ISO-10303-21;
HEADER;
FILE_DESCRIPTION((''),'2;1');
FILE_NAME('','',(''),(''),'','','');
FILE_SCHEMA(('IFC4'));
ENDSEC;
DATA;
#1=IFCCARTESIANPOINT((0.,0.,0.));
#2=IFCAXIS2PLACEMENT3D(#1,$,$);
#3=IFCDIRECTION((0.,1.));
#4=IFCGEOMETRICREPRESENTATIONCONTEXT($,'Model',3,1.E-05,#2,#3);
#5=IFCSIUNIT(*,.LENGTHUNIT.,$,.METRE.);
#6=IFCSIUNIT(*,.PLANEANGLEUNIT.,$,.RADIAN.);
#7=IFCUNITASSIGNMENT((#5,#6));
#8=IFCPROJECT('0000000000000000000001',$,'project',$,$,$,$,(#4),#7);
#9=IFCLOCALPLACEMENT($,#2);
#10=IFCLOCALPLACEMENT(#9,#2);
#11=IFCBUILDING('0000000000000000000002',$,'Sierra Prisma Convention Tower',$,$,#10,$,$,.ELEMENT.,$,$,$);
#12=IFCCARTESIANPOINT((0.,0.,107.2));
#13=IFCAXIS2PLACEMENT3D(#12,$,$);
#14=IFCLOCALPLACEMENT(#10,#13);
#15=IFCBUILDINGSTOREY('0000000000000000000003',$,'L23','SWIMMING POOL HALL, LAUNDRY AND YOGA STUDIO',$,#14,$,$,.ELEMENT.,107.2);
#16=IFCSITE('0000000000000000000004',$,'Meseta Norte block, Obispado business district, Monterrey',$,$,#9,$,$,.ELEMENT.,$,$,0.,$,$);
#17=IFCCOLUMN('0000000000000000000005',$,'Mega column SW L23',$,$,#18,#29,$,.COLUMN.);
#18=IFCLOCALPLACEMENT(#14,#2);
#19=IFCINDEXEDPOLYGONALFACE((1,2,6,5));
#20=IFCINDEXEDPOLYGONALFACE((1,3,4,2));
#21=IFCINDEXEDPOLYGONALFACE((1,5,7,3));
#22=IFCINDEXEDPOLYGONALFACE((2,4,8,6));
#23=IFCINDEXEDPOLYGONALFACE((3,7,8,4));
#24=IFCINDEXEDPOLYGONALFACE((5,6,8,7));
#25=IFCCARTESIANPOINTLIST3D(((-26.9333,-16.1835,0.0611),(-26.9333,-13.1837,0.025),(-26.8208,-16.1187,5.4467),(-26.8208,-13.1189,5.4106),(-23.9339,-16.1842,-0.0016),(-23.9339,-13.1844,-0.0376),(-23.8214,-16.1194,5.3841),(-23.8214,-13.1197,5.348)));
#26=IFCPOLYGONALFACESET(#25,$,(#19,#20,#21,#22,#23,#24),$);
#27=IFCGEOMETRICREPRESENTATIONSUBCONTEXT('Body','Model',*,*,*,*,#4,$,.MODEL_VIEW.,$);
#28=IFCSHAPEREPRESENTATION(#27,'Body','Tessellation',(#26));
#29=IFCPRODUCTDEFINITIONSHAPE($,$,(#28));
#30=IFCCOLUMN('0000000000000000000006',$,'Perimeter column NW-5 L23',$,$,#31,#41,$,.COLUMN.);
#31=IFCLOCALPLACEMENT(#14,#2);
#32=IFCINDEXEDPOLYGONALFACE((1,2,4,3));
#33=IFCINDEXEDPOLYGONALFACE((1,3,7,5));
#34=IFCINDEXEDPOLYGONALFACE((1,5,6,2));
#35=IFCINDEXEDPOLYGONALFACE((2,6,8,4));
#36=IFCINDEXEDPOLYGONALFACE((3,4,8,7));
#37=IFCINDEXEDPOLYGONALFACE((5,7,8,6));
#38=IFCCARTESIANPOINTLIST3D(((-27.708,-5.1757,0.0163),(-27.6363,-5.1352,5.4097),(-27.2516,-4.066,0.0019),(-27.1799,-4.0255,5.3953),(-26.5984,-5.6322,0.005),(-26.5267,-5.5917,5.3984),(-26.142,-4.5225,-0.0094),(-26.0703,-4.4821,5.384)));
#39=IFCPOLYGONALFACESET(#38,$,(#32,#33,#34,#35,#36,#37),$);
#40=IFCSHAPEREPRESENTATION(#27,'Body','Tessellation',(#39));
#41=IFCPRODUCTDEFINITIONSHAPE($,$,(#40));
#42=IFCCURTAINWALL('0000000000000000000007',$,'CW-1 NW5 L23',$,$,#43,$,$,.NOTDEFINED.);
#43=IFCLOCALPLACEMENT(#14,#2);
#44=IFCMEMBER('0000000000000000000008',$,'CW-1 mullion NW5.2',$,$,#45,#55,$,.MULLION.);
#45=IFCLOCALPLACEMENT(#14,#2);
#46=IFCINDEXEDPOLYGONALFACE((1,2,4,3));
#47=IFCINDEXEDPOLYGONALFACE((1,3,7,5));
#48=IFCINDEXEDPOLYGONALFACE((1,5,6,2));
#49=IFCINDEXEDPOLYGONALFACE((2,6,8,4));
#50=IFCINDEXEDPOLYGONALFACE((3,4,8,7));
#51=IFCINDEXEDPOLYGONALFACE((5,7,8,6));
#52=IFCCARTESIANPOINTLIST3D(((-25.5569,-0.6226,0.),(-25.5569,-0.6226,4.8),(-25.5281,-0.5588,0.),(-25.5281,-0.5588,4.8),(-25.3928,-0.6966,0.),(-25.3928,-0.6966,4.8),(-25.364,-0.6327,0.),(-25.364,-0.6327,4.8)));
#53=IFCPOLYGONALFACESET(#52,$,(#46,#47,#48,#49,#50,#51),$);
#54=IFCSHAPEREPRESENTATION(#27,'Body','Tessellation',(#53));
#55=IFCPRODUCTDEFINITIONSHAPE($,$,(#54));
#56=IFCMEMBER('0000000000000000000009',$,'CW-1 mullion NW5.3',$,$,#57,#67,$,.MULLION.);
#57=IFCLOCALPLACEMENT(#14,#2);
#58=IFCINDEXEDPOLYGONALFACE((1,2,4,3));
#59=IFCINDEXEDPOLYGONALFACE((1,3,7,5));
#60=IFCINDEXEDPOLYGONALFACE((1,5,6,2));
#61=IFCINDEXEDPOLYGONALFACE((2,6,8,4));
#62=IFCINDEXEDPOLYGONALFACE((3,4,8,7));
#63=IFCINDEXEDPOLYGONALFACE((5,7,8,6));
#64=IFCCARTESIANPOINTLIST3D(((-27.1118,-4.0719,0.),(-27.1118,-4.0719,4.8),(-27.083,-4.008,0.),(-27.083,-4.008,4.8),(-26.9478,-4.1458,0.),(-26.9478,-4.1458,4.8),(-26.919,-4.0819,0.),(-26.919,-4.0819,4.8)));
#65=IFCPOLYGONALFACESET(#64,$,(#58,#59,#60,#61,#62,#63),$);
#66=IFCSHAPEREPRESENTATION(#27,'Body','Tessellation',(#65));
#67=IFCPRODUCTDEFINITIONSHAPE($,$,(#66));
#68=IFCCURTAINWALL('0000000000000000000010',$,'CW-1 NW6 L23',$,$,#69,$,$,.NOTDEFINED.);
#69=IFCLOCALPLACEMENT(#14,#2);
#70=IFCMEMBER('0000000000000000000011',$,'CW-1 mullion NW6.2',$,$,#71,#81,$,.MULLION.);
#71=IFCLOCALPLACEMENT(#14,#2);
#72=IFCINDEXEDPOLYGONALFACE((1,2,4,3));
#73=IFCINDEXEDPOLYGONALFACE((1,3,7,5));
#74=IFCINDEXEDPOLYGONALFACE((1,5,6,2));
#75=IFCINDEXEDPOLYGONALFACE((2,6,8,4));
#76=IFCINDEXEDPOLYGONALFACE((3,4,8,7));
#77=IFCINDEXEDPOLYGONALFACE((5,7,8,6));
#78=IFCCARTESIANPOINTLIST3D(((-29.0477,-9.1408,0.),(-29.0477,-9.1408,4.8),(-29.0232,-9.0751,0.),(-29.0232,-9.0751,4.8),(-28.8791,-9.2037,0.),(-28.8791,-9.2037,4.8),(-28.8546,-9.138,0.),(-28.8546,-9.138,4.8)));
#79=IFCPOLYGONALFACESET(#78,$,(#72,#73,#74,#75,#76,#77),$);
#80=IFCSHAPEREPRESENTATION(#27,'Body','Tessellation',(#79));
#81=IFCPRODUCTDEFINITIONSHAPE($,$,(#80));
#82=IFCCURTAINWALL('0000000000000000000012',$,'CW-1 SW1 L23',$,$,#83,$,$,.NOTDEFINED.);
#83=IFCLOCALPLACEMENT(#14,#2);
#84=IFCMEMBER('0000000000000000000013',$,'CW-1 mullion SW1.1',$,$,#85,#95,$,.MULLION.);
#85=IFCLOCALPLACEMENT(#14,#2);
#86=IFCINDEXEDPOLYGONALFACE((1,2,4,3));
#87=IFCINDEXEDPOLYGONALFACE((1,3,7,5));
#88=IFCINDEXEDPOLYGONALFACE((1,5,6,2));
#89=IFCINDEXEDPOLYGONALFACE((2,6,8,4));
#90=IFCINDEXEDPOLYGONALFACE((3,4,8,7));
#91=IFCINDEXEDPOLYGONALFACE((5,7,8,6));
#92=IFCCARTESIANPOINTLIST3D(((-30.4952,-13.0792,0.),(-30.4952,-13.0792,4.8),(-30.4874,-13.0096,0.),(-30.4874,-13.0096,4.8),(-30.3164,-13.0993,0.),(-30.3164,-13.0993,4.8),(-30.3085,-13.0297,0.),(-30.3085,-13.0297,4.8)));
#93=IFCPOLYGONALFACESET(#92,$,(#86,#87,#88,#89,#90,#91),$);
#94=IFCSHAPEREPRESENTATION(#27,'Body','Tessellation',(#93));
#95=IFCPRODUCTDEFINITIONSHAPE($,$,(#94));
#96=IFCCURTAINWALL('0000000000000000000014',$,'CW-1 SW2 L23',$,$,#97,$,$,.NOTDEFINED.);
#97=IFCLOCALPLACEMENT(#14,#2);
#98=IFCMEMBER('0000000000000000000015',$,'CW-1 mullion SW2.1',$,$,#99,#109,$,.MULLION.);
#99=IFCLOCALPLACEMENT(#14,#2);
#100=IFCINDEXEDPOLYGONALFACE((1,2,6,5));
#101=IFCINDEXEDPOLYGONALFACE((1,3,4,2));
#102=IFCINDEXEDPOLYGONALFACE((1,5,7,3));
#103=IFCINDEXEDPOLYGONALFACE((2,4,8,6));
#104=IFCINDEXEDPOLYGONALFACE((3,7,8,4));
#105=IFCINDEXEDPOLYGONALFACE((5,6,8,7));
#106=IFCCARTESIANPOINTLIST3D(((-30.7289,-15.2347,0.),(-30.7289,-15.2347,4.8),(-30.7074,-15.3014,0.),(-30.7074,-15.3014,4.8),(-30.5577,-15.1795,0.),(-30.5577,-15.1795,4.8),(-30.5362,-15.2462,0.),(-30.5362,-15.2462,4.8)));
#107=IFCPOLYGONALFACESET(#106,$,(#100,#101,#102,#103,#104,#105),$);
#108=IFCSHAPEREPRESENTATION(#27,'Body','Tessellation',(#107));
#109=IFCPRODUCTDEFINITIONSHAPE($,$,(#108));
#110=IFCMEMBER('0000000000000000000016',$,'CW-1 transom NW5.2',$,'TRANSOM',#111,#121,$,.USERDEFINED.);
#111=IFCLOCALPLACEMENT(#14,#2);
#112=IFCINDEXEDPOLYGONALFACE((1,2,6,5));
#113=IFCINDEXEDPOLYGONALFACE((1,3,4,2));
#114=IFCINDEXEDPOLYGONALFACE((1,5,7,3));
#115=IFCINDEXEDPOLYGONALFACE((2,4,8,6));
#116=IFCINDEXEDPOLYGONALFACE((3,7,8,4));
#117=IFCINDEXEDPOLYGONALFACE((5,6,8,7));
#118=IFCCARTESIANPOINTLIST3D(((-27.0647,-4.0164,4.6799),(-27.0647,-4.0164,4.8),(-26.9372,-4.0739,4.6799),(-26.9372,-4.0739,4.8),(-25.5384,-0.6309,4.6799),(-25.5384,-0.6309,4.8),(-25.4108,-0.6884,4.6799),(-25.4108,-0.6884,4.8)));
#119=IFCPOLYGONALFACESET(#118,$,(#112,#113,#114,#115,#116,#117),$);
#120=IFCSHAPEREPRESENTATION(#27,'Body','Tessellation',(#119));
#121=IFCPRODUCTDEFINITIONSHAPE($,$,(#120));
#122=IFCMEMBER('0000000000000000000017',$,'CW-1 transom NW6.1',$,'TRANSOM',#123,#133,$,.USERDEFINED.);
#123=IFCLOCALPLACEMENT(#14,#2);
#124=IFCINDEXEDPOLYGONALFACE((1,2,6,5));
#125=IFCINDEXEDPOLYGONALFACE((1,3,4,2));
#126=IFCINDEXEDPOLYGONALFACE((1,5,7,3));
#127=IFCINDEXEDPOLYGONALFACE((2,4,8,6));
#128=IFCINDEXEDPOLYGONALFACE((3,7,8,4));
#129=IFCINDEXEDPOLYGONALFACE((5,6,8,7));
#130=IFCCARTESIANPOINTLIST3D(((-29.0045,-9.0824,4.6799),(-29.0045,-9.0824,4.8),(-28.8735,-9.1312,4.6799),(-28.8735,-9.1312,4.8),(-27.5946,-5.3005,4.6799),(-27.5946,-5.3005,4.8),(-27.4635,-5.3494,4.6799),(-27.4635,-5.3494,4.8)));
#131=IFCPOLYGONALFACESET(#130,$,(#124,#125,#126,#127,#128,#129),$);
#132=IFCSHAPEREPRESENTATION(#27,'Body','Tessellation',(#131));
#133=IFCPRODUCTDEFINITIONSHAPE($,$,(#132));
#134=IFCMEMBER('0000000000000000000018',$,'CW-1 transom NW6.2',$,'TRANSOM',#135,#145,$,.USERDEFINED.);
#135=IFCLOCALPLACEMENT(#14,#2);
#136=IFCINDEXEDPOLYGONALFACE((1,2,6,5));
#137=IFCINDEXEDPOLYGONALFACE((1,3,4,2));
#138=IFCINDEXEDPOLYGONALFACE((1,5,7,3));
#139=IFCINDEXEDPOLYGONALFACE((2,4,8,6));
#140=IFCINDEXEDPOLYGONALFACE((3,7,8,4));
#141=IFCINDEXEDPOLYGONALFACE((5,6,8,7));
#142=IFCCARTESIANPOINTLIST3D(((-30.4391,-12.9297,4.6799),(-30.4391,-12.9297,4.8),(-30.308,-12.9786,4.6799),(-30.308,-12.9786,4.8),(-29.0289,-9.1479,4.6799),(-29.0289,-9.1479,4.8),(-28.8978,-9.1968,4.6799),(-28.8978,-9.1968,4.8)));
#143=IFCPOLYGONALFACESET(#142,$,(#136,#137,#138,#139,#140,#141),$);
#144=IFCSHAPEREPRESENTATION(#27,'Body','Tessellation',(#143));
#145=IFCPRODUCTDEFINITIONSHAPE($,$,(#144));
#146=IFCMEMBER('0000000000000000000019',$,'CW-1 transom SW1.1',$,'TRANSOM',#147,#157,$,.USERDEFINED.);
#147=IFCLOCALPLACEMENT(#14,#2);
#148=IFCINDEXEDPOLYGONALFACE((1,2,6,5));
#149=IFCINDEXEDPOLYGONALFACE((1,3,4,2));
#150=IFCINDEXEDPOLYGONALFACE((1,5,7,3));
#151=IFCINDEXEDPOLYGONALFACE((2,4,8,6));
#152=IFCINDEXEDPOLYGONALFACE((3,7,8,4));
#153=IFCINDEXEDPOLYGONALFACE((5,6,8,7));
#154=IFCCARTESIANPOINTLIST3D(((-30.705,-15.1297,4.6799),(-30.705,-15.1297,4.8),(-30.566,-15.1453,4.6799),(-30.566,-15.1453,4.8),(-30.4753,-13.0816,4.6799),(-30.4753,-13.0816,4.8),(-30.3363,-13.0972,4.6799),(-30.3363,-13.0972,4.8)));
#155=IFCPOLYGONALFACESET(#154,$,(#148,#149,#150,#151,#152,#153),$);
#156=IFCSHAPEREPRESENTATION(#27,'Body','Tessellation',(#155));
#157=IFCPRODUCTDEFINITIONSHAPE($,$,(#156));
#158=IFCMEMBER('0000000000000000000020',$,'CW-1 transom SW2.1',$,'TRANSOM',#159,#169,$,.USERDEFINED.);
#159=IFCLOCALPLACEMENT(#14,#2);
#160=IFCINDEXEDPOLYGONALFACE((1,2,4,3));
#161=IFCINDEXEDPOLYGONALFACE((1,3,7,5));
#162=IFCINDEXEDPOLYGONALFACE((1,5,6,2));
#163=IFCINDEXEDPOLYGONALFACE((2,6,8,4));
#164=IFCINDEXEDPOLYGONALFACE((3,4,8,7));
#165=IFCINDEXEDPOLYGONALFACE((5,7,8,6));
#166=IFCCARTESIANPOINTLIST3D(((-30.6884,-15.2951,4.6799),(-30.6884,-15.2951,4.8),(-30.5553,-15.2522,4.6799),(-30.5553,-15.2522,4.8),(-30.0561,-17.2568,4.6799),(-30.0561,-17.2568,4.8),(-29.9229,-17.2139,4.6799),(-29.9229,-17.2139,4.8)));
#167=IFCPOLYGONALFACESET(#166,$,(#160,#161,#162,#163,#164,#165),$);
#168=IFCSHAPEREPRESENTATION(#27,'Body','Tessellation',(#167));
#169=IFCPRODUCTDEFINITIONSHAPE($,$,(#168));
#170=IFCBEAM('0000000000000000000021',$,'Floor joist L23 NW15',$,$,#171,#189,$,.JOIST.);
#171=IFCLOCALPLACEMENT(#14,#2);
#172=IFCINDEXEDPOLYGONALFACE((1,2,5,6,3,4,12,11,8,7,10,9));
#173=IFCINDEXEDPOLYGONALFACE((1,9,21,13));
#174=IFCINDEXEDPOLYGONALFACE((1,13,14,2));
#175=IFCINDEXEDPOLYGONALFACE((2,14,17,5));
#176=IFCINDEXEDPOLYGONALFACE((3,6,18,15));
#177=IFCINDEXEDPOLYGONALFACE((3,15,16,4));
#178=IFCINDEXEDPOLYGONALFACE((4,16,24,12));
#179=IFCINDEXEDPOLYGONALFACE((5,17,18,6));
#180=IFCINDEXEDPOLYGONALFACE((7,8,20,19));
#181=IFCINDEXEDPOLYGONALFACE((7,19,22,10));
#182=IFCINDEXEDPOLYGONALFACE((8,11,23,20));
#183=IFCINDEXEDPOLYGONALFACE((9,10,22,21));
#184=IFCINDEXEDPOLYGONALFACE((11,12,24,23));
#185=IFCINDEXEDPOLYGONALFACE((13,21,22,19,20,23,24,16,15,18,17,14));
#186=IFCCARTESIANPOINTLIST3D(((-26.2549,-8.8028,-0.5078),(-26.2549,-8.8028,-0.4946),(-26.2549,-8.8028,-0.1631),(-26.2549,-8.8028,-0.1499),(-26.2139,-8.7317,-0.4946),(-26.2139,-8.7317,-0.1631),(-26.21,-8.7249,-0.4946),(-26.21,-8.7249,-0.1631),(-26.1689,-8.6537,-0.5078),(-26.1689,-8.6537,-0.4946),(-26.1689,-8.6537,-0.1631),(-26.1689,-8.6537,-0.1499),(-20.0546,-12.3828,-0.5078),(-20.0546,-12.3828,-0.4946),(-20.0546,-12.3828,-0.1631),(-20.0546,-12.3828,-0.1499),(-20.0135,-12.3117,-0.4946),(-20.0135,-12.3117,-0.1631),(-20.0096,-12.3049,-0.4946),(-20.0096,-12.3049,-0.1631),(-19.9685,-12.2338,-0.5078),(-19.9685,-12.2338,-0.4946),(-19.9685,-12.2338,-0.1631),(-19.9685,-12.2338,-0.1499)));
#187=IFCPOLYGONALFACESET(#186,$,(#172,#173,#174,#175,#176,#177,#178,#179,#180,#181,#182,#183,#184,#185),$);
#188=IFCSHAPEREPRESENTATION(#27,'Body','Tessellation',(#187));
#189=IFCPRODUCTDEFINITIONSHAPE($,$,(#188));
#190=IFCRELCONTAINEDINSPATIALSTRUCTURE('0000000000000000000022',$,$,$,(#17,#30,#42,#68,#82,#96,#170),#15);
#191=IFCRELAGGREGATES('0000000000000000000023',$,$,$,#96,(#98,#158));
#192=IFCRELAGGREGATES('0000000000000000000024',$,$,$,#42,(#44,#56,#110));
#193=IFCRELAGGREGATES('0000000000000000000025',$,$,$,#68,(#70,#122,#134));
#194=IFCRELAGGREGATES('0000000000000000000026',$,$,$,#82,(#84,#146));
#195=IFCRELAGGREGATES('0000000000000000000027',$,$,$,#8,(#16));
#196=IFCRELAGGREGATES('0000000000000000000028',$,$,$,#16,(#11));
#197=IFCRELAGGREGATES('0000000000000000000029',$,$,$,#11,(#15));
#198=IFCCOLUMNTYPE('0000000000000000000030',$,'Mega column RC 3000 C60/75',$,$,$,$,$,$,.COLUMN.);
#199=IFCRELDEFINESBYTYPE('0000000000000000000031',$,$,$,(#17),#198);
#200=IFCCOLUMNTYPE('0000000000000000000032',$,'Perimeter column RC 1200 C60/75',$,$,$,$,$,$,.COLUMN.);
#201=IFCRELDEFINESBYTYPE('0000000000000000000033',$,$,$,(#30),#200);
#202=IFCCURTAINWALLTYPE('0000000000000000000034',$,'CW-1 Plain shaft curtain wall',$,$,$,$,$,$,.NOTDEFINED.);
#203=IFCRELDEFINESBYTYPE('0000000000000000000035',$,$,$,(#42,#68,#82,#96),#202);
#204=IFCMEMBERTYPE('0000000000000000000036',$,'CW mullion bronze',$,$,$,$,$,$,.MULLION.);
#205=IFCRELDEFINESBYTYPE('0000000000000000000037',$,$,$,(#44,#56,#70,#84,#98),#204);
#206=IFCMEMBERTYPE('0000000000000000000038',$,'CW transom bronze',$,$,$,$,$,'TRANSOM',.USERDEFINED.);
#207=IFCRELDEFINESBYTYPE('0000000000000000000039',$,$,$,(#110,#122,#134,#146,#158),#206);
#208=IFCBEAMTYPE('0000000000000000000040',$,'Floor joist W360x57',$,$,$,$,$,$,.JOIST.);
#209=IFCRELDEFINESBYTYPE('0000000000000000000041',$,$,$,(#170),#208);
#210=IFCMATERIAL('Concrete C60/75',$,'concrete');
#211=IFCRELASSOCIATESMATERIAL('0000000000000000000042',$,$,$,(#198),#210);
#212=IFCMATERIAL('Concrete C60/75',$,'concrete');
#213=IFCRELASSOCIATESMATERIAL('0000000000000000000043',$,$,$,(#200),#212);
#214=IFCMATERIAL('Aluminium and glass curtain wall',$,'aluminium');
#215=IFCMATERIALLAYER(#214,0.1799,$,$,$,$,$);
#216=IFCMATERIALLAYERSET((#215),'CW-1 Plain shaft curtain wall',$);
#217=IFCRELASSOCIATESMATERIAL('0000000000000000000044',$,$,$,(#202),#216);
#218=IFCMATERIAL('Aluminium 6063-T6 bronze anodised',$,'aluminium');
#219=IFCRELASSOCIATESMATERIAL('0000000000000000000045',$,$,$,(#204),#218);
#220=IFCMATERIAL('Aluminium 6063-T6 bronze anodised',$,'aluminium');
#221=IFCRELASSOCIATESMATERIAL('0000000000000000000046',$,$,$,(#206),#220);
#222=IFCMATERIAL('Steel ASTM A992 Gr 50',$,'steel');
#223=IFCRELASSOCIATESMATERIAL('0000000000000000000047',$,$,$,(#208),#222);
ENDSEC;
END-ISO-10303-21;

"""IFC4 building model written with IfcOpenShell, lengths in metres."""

from ifc_helpers import new_model, si_unit, direction, frame, origin, origin_2d, place, context, subcontext, project, spatial, rectangle, i_section, extrude, clip, halfspace, material, layer, layer_set, material_profile, profile_set, type_object, element, aggregate, save


model = new_model("IFC4")

# Units and contexts
model_context = context("Model", 3, precision=1e-05, world=origin(), true_north=direction((0.0, 1.0)))
body_context = subcontext(model_context, "Body", "Model", "MODEL_VIEW")
ifc_project = project(units=[si_unit("LENGTHUNIT", "METRE"), si_unit("PLANEANGLEUNIT", "RADIAN")], contexts=[model_context])

# Site, building, storey
site_placement = place(None, origin())
site = spatial("IfcSite", under=ifc_project, at=site_placement, Name="Meseta Norte block, Obispado business district, Monterrey", CompositionType="ELEMENT", RefElevation=0.0)
building_placement = place(site_placement, origin())
building = spatial("IfcBuilding", under=site, at=building_placement, Name="Sierra Prisma Convention Tower", CompositionType="ELEMENT")
storey_placement = place(building_placement, frame((0.0, 0.0, 107.2)))
storey = spatial("IfcBuildingStorey", under=building, at=storey_placement, Name="L23", Description="SWIMMING POOL HALL, LAUNDRY AND YOGA STUDIO", CompositionType="ELEMENT", Elevation=107.2)

# Columns
ifc_material_1 = material(Name="Concrete C60/75", Category="concrete")
ifc_material_profile_1 = material_profile(ifc_material_1, rectangle(XDim=3.0, YDim=3.0, at=origin_2d()), Name="Mega column RC 3000 C60/75")
ifc_profile_set_1 = profile_set([ifc_material_profile_1], Name="Concrete C60/75")
column_type_1 = type_object("IfcColumnType", Name="Mega column RC 3000 C60/75", PredefinedType="COLUMN", material=ifc_profile_set_1)
column_1_placement = place(storey_placement, frame((-25.4338, -14.6841, 0.0), z_axis=(0.020881, 0.012022, 0.99971), x_axis=(0.999782, -0.000251, -0.020879)))
element("IfcColumn", 1, at=column_1_placement, inside=storey, type_object=column_type_1, Name="Mega column SW L23", PredefinedType="COLUMN", context=body_context, shape_type="SweptSolid", body=[
    clip(clip(extrude(rectangle(XDim=3.0, YDim=3.0, at=origin_2d()), origin(), (0.0, 0.0, 1.0), 5.4016), halfspace(frame((0.0, 0.0, 0.0117)), True)), halfspace(frame((0.0, 0.0, 5.3989)), False)),
])
ifc_material_2 = material(Name="Concrete C60/75", Category="concrete")
ifc_material_profile_2 = material_profile(ifc_material_2, rectangle(XDim=1.2, YDim=1.2, at=origin_2d()), Name="Perimeter column RC 1200 C60/75")
ifc_profile_set_2 = profile_set([ifc_material_profile_2], Name="Concrete C60/75")
column_type_2 = type_object("IfcColumnType", Name="Perimeter column RC 1200 C60/75", PredefinedType="COLUMN", material=ifc_profile_set_2)
column_2_placement = place(storey_placement, frame((-26.925, -4.8491, 0.0), z_axis=(0.01329, 0.007504, 0.999884), x_axis=(0.380349, 0.924765, -0.011996)))
element("IfcColumn", 2, at=column_2_placement, inside=storey, type_object=column_type_2, Name="Perimeter column NW-5 L23", PredefinedType="COLUMN", context=body_context, shape_type="SweptSolid", body=[
    clip(clip(extrude(rectangle(XDim=1.2, YDim=1.2, at=origin_2d()), origin(), (0.0, 0.0, 1.0), 5.4009), halfspace(frame((0.0, 0.0, 0.0034)), True)), halfspace(frame((0.0, 0.0, 5.3975)), False)),
])

# Curtain wall, members
ifc_material_3 = material(Name="Aluminium and glass curtain wall", Category="aluminium")
ifc_layer_1 = layer(ifc_material_3, 0.1799)
ifc_layer_set_1 = layer_set([ifc_layer_1], Name="CW-1 Plain shaft curtain wall")
curtain_wall_type = type_object("IfcCurtainWallType", Name="CW-1 Plain shaft curtain wall", PredefinedType="NOTDEFINED", material=ifc_layer_set_1)
curtain_wall_1_placement = place(storey_placement, origin())
curtain_wall_1 = element("IfcCurtainWall", 3, at=curtain_wall_1_placement, inside=storey, type_object=curtain_wall_type, Name="CW-1 NW5 L23", PredefinedType="NOTDEFINED")
ifc_material_4 = material(Name="Aluminium 6063-T6 bronze anodised", Category="aluminium")
ifc_material_profile_3 = material_profile(ifc_material_4, rectangle(XDim=0.1799, YDim=0.0701, at=origin_2d()), Name="ALU MULLION 70x180")
ifc_profile_set_3 = profile_set([ifc_material_profile_3], Name="Aluminium 6063-T6 bronze anodised")
member_type_1 = type_object("IfcMemberType", Name="CW mullion bronze", PredefinedType="MULLION", material=ifc_profile_set_3)
member_1_placement = place(storey_placement, frame((-25.4604, -0.6277, 0.0), z_axis=(0.0, 0.0, 1.0), x_axis=(0.911632, -0.411006, 0.0)))
member_1 = element("IfcMember", 4, at=member_1_placement, type_object=member_type_1, Name="CW-1 mullion NW5.2", PredefinedType="MULLION", context=body_context, shape_type="SweptSolid", body=[
    extrude(rectangle(XDim=0.1799, YDim=0.0701, at=origin_2d()), origin(), (0.0, 0.0, 1.0), 4.8),
])
member_2_placement = place(storey_placement, frame((-27.0154, -4.0769, 0.0), z_axis=(0.0, 0.0, 1.0), x_axis=(0.911632, -0.411006, 0.0)))
member_2 = element("IfcMember", 5, at=member_2_placement, type_object=member_type_1, Name="CW-1 mullion NW5.3", PredefinedType="MULLION", context=body_context, shape_type="SweptSolid", body=[
    extrude(rectangle(XDim=0.1799, YDim=0.0701, at=origin_2d()), origin(), (0.0, 0.0, 1.0), 4.8),
])

# Curtain walls, members
curtain_wall_2_placement = place(storey_placement, origin())
curtain_wall_2 = element("IfcCurtainWall", 6, at=curtain_wall_2_placement, inside=storey, type_object=curtain_wall_type, Name="CW-1 NW6 L23", PredefinedType="NOTDEFINED")
member_3_placement = place(storey_placement, frame((-28.9512, -9.1394, 0.0), z_axis=(0.0, 0.0, 1.0), x_axis=(0.936997, -0.349337, 0.0)))
member_3 = element("IfcMember", 7, at=member_3_placement, type_object=member_type_1, Name="CW-1 mullion NW6.2", PredefinedType="MULLION", context=body_context, shape_type="SweptSolid", body=[
    extrude(rectangle(XDim=0.1799, YDim=0.0701, at=origin_2d()), origin(), (0.0, 0.0, 1.0), 4.8),
])
curtain_wall_3_placement = place(storey_placement, origin())
curtain_wall_3 = element("IfcCurtainWall", 8, at=curtain_wall_3_placement, inside=storey, type_object=curtain_wall_type, Name="CW-1 SW1 L23", PredefinedType="NOTDEFINED")
member_4_placement = place(storey_placement, frame((-30.4019, -13.0544, 0.0), z_axis=(0.0, 0.0, 1.0), x_axis=(0.993764, -0.111505, 0.0)))
member_4 = element("IfcMember", 9, at=member_4_placement, type_object=member_type_1, Name="CW-1 mullion SW1.1", PredefinedType="MULLION", context=body_context, shape_type="SweptSolid", body=[
    extrude(rectangle(XDim=0.1799, YDim=0.0701, at=origin_2d()), origin(), (0.0, 0.0, 1.0), 4.8),
])
curtain_wall_4_placement = place(storey_placement, origin())
curtain_wall_4 = element("IfcCurtainWall", 10, at=curtain_wall_4_placement, inside=storey, type_object=curtain_wall_type, Name="CW-1 SW2 L23", PredefinedType="NOTDEFINED")
member_5_placement = place(storey_placement, frame((-30.6326, -15.2405, 0.0), z_axis=(0.0, 0.0, 1.0), x_axis=(0.951777, 0.306791, 0.0)))
member_5 = element("IfcMember", 11, at=member_5_placement, type_object=member_type_1, Name="CW-1 mullion SW2.1", PredefinedType="MULLION", context=body_context, shape_type="SweptSolid", body=[
    extrude(rectangle(XDim=0.1799, YDim=0.0701, at=origin_2d()), origin(), (0.0, 0.0, 1.0), 4.8),
])

# Members
ifc_material_5 = material(Name="Aluminium 6063-T6 bronze anodised", Category="aluminium")
ifc_material_profile_4 = material_profile(ifc_material_5, rectangle(XDim=0.1399, YDim=0.1201, at=origin_2d()), Name="ALU TRANSOM 120x140")
ifc_profile_set_4 = profile_set([ifc_material_profile_4], Name="Aluminium 6063-T6 bronze anodised")
member_type_2 = type_object("IfcMemberType", Name="CW transom bronze", ElementType="TRANSOM", PredefinedType="USERDEFINED", material=ifc_profile_set_4)
member_6_placement = place(storey_placement, frame((-25.4746, -0.6597, 4.74), z_axis=(-0.411012, -0.91163, 0.0), x_axis=(0.91163, -0.411012, 0.0)))
member_6 = element("IfcMember", 12, at=member_6_placement, type_object=member_type_2, Name="CW-1 transom NW5.2", ObjectType="TRANSOM", PredefinedType="USERDEFINED", context=body_context, shape_type="SweptSolid", body=[
    extrude(rectangle(XDim=0.1399, YDim=0.1201, at=origin_2d()), origin(), (0.0, 0.0, 1.0), 3.7136),
])
member_7_placement = place(storey_placement, frame((-27.5291, -5.325, 4.74), z_axis=(-0.349333, -0.936999, 0.0), x_axis=(0.936999, -0.349333, 0.0)))
member_7 = element("IfcMember", 13, at=member_7_placement, type_object=member_type_2, Name="CW-1 transom NW6.1", ObjectType="TRANSOM", PredefinedType="USERDEFINED", context=body_context, shape_type="SweptSolid", body=[
    extrude(rectangle(XDim=0.1399, YDim=0.1201, at=origin_2d()), origin(), (0.0, 0.0, 1.0), 4.0361),
])
member_8_placement = place(storey_placement, frame((-28.9634, -9.1724, 4.74), z_axis=(-0.349386, -0.936979, 0.0), x_axis=(0.936979, -0.349386, 0.0)))
member_8 = element("IfcMember", 14, at=member_8_placement, type_object=member_type_2, Name="CW-1 transom NW6.2", ObjectType="TRANSOM", PredefinedType="USERDEFINED", context=body_context, shape_type="SweptSolid", body=[
    extrude(rectangle(XDim=0.1399, YDim=0.1201, at=origin_2d()), origin(), (0.0, 0.0, 1.0), 4.0361),
])
member_9_placement = place(storey_placement, frame((-30.4058, -13.0894, 4.74), z_axis=(-0.111472, -0.993768, 0.0), x_axis=(0.993768, -0.111472, 0.0)))
member_9 = element("IfcMember", 15, at=member_9_placement, type_object=member_type_2, Name="CW-1 transom SW1.1", ObjectType="TRANSOM", PredefinedType="USERDEFINED", context=body_context, shape_type="SweptSolid", body=[
    extrude(rectangle(XDim=0.1399, YDim=0.1201, at=origin_2d()), origin(), (0.0, 0.0, 1.0), 2.061),
])
member_10_placement = place(storey_placement, frame((-30.6218, -15.2737, 4.74), z_axis=(0.306795, -0.951776, 0.0), x_axis=(0.951776, 0.306795, 0.0)))
member_10 = element("IfcMember", 16, at=member_10_placement, type_object=member_type_2, Name="CW-1 transom SW2.1", ObjectType="TRANSOM", PredefinedType="USERDEFINED", context=body_context, shape_type="SweptSolid", body=[
    extrude(rectangle(XDim=0.1399, YDim=0.1201, at=origin_2d()), origin(), (0.0, 0.0, 1.0), 2.061),
])
aggregate(curtain_wall_4, [member_5, member_10])

# Beam
ifc_material_6 = material(Name="Steel ASTM A992 Gr 50", Category="steel")
ifc_material_profile_5 = material_profile(ifc_material_6, i_section(OverallWidth=0.1721, OverallDepth=0.3579, WebThickness=0.0078, FlangeThickness=0.0132, at=origin_2d()), Name="W360x57")
ifc_profile_set_5 = profile_set([ifc_material_profile_5], Name="Steel ASTM A992 Gr 50")
beam_type_1 = type_object("IfcBeamType", Name="Floor joist W360x57", PredefinedType="JOIST", material=ifc_profile_set_5)
beam_1_placement = place(storey_placement, frame((-26.2119, -8.7283, -0.3289), z_axis=(0.86601, -0.500026, 0.0), x_axis=(0.500026, 0.86601, 0.0)))
element("IfcBeam", 17, at=beam_1_placement, inside=storey, type_object=beam_type_1, Name="Floor joist L23 NW15", PredefinedType="JOIST", context=body_context, shape_type="SweptSolid", body=[
    extrude(i_section(OverallWidth=0.1721, OverallDepth=0.3579, WebThickness=0.0078, FlangeThickness=0.0132, at=origin_2d()), origin(), (0.0, 0.0, 1.0), 7.1597),
])

aggregate(curtain_wall_1, [member_1, member_2, member_6])
aggregate(curtain_wall_2, [member_3, member_7, member_8])
aggregate(curtain_wall_3, [member_4, member_9])

save(model, "model.ifc")
